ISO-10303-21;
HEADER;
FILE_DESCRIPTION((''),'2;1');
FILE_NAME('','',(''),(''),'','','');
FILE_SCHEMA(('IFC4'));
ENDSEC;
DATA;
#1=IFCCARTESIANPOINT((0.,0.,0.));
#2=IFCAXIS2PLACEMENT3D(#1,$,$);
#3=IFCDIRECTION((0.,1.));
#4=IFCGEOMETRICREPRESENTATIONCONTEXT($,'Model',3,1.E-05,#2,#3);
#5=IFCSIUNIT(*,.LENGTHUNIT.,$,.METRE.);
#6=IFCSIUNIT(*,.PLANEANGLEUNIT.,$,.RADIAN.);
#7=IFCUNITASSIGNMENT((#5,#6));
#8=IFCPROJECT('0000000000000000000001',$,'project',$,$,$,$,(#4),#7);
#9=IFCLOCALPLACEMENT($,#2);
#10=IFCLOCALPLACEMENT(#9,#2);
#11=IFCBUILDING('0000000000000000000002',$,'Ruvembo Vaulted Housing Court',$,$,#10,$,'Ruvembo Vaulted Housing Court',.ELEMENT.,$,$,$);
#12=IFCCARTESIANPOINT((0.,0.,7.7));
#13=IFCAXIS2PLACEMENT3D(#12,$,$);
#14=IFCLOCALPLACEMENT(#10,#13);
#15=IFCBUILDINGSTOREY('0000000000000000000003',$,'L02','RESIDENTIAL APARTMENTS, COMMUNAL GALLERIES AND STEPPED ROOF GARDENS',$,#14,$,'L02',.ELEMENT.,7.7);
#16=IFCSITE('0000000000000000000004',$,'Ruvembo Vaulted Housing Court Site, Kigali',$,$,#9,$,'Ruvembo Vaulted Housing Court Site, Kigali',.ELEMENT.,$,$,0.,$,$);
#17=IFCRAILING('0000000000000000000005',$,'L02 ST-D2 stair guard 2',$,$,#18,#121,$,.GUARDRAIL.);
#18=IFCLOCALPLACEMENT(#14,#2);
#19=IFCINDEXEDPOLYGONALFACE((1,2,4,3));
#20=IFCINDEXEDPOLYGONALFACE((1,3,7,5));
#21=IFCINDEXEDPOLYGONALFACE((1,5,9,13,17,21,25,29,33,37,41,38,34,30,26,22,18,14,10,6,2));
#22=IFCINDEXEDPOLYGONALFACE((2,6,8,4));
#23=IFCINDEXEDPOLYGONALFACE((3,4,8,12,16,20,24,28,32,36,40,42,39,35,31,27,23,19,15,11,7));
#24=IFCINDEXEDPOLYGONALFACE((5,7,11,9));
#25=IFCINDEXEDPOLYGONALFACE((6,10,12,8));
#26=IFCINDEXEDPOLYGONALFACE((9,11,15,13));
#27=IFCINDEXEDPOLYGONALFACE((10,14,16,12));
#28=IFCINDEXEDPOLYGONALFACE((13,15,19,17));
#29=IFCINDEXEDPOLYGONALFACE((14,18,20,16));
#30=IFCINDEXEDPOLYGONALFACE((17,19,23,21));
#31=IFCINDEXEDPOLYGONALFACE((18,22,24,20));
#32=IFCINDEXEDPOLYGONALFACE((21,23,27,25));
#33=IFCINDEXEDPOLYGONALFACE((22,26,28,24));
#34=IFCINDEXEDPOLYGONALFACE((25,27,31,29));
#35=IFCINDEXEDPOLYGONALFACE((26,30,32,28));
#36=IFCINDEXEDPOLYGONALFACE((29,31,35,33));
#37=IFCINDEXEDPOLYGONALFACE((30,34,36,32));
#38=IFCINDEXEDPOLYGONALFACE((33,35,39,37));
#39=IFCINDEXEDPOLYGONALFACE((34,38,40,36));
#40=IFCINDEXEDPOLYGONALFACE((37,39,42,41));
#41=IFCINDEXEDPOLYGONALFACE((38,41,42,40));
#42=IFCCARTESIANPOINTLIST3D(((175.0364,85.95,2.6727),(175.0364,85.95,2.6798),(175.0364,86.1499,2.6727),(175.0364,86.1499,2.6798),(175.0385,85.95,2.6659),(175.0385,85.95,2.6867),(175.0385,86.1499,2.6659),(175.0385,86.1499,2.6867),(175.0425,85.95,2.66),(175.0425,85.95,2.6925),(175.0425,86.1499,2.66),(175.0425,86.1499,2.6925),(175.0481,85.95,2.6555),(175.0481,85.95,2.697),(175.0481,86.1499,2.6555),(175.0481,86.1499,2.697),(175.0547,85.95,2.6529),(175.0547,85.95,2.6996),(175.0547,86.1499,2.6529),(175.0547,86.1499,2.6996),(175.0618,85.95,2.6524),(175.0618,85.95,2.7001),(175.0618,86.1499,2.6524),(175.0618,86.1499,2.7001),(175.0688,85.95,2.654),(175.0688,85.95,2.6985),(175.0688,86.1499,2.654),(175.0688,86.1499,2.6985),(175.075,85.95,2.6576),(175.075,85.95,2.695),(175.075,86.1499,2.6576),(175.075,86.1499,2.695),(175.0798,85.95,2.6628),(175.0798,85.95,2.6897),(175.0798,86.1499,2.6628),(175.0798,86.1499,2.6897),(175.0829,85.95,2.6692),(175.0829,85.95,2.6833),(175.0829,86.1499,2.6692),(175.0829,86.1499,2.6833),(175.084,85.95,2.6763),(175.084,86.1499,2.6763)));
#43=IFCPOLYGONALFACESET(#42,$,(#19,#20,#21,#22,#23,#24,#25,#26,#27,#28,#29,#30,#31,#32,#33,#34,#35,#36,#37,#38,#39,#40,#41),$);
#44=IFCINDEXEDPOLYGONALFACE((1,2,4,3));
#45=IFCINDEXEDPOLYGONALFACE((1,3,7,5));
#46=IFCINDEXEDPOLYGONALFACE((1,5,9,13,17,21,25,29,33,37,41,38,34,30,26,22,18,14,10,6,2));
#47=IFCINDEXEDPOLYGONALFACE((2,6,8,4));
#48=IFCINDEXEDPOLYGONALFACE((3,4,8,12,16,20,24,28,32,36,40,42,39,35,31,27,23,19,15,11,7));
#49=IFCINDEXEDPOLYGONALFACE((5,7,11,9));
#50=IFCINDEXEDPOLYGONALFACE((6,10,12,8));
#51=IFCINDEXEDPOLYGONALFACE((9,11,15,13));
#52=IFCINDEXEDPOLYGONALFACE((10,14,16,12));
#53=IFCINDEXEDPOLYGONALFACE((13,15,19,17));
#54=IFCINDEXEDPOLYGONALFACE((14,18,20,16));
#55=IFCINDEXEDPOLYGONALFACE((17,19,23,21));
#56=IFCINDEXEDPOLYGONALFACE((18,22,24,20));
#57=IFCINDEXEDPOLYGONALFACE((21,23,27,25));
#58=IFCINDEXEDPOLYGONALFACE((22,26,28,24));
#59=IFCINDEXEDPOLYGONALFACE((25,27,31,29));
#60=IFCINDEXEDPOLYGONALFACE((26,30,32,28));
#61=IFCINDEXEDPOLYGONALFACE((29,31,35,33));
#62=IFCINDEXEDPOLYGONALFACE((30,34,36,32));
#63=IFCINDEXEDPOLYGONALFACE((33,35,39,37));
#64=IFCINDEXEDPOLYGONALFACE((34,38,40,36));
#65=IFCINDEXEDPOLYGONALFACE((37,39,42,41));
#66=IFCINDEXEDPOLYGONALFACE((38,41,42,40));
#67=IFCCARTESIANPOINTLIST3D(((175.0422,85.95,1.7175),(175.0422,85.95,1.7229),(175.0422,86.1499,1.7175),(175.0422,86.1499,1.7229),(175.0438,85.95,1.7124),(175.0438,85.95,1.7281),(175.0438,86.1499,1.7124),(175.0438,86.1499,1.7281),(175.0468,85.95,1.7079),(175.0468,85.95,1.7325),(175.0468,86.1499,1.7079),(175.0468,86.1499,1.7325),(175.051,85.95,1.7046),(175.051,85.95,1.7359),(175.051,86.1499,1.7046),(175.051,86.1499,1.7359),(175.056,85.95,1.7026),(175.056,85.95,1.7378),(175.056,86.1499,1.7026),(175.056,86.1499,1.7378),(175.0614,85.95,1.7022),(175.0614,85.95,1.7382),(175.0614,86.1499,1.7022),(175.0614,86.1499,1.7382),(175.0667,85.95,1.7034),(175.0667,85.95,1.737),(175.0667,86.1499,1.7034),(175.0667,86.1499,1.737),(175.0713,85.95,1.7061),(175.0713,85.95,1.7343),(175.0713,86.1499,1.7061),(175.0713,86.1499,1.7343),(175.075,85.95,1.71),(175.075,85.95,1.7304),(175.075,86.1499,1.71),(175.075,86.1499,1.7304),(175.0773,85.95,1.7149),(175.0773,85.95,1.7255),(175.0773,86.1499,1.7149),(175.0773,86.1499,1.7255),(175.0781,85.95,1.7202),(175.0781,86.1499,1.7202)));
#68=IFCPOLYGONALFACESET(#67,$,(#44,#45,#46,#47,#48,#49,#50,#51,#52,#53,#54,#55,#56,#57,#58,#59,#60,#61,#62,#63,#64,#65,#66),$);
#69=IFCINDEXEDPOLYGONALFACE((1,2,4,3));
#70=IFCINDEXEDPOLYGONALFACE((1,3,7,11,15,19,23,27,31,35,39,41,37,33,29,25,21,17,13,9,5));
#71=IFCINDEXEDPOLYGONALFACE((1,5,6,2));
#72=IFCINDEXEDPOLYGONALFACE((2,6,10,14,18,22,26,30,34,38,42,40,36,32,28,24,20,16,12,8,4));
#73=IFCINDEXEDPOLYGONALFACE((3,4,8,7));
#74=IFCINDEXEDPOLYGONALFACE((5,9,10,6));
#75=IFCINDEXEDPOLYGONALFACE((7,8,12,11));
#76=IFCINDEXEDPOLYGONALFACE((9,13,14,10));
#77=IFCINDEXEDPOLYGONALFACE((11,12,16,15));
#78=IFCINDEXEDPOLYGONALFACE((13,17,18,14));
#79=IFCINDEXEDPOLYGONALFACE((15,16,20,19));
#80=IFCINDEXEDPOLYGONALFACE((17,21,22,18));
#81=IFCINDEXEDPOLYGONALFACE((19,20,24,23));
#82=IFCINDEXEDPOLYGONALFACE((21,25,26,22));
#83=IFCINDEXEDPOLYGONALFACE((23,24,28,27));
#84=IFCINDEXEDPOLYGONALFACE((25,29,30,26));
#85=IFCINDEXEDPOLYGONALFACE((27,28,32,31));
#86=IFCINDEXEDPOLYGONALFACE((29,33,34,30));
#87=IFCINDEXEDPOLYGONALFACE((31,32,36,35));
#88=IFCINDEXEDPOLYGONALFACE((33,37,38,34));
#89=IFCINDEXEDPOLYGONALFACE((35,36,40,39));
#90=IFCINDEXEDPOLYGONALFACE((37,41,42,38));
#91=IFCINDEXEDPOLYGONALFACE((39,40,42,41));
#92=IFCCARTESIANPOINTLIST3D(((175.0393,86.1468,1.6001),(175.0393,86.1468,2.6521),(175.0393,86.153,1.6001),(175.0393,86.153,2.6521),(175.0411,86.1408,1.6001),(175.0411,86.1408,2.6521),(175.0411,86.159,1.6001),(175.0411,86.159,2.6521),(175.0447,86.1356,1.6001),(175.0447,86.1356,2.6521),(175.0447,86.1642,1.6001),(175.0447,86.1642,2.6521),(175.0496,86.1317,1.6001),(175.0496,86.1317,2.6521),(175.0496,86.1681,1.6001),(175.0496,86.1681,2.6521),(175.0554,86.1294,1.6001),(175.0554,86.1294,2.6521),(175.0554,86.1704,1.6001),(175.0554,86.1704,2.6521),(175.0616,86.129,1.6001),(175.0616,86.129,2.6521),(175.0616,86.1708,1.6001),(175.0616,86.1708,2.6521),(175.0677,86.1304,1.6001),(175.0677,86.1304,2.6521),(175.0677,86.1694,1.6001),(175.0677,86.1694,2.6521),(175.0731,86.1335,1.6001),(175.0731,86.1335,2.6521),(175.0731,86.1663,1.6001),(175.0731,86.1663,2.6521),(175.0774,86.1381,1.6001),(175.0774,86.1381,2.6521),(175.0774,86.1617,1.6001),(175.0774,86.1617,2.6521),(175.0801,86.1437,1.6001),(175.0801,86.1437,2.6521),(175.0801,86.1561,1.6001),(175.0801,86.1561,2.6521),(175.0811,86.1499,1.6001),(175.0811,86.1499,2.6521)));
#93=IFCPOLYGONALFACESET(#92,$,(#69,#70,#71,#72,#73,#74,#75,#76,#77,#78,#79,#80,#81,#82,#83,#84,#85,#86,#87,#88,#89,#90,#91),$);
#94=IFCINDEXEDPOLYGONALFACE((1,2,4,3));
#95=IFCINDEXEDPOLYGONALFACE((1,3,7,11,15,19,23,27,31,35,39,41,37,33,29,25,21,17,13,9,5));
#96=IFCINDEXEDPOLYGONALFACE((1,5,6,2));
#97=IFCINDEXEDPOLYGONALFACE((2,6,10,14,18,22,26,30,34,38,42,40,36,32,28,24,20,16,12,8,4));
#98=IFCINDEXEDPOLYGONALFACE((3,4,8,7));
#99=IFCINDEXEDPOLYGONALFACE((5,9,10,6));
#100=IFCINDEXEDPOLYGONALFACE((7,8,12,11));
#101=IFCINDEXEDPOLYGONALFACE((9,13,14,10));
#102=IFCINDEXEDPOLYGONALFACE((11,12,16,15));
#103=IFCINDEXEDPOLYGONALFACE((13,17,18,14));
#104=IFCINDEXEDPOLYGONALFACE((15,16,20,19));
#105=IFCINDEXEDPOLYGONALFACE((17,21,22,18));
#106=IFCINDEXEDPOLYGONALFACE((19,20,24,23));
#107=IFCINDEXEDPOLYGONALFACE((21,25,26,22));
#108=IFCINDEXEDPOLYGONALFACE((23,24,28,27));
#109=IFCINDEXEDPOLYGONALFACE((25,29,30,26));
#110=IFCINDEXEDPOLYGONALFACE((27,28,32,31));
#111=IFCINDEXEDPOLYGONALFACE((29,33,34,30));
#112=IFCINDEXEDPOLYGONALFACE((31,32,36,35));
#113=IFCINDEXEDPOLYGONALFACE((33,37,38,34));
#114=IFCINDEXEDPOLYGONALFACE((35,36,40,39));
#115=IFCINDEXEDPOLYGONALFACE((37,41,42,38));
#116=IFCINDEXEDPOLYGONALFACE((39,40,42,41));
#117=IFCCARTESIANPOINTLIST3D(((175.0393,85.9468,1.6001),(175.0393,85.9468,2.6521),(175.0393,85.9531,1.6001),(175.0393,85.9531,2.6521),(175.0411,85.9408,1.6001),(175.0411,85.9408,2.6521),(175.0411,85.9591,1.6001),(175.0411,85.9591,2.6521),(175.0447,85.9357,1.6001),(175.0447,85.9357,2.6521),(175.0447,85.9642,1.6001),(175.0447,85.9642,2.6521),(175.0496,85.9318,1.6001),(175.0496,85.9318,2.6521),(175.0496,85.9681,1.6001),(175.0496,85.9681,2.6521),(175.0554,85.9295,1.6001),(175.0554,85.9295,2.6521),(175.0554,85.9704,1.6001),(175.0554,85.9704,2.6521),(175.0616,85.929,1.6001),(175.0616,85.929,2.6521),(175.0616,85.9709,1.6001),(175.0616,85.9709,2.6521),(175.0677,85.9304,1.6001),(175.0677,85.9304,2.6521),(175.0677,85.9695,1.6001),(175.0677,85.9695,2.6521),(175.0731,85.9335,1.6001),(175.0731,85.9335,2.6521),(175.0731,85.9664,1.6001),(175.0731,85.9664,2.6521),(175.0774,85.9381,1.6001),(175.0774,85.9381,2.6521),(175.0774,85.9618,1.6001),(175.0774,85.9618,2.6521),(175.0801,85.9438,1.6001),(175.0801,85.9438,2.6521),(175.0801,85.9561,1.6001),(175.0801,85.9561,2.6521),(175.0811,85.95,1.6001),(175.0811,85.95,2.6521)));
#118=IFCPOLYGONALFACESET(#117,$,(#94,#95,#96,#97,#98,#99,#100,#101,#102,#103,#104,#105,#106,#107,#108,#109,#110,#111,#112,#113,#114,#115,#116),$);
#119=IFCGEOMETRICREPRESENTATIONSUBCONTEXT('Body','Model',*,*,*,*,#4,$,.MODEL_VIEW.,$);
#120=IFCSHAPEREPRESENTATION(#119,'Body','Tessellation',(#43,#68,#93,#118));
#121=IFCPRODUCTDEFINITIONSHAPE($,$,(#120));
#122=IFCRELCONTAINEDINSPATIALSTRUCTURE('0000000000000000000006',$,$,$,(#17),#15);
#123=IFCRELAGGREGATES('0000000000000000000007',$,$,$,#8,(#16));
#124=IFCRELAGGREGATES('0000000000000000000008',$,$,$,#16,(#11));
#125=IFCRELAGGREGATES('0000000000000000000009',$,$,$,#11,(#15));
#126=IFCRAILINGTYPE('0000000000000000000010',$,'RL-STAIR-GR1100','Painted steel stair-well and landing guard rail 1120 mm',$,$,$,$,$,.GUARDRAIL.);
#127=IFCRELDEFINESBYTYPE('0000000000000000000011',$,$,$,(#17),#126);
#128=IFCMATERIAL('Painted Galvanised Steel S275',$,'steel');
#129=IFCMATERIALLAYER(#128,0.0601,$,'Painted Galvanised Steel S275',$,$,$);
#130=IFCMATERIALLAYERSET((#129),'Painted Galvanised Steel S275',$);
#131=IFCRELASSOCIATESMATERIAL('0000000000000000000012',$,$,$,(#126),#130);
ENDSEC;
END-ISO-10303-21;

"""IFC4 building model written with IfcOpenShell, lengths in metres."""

from ifc_helpers import new_model, si_unit, direction, frame, origin, origin_2d, place, context, subcontext, project, spatial, circle, extrude, material, layer, layer_set, type_object, element, save


model = new_model("IFC4")

# Units and contexts
model_context = context("Model", 3, precision=1e-05, world=origin(), true_north=direction((0.0, 1.0)))
body_context = subcontext(model_context, "Body", "Model", "MODEL_VIEW")
ifc_project = project(units=[si_unit("LENGTHUNIT", "METRE"), si_unit("PLANEANGLEUNIT", "RADIAN")], contexts=[model_context])

# Site, building, storey
site_placement = place(None, origin())
site = spatial("IfcSite", under=ifc_project, at=site_placement, Name="Ruvembo Vaulted Housing Court Site, Kigali", LongName="Ruvembo Vaulted Housing Court Site, Kigali", CompositionType="ELEMENT", RefElevation=0.0)
building_placement = place(site_placement, origin())
building = spatial("IfcBuilding", under=site, at=building_placement, Name="Ruvembo Vaulted Housing Court", LongName="Ruvembo Vaulted Housing Court", CompositionType="ELEMENT")
storey_placement = place(building_placement, frame((0.0, 0.0, 7.7)))
storey = spatial("IfcBuildingStorey", under=building, at=storey_placement, Name="L02", Description="RESIDENTIAL APARTMENTS, COMMUNAL GALLERIES AND STEPPED ROOF GARDENS", LongName="L02", CompositionType="ELEMENT", Elevation=7.7)

# Railing
ifc_material_1 = material(Name="Painted Galvanised Steel S275", Category="steel")
ifc_layer_1 = layer(ifc_material_1, 0.0601, Name="Painted Galvanised Steel S275")
ifc_layer_set_1 = layer_set([ifc_layer_1], Name="Painted Galvanised Steel S275")
railing_type_1 = type_object("IfcRailingType", Name="RL-STAIR-GR1100", Description="Painted steel stair-well and landing guard rail 1120 mm", PredefinedType="GUARDRAIL", material=ifc_layer_set_1)
railing_1_placement = place(storey_placement, frame((175.0601, 86.1499, 1.6001)))
element("IfcRailing", 1, at=railing_1_placement, inside=storey, type_object=railing_type_1, Name="L02 ST-D2 stair guard 2", PredefinedType="GUARDRAIL", context=body_context, shape_type="SweptSolid", body=[
    extrude(circle(Radius=0.0239, at=origin_2d()), frame((0.0, 0.0, 1.0762), z_axis=(0.0, -1.0, 0.0), x_axis=(1.0, 0.0, 0.0)), (0.0, 0.0, 1.0), 0.2),
    extrude(circle(Radius=0.0181, at=origin_2d()), frame((0.0, 0.0, 0.1201), z_axis=(0.0, -1.0, 0.0), x_axis=(1.0, 0.0, 0.0)), (0.0, 0.0, 1.0), 0.2),
    extrude(circle(Radius=0.021, at=origin_2d()), origin(), (0.0, 0.0, 1.0), 1.052),
    extrude(circle(Radius=0.021, at=origin_2d()), frame((0.0, -0.2, 0.0)), (0.0, 0.0, 1.0), 1.052),
])

save(model, "model.ifc")
